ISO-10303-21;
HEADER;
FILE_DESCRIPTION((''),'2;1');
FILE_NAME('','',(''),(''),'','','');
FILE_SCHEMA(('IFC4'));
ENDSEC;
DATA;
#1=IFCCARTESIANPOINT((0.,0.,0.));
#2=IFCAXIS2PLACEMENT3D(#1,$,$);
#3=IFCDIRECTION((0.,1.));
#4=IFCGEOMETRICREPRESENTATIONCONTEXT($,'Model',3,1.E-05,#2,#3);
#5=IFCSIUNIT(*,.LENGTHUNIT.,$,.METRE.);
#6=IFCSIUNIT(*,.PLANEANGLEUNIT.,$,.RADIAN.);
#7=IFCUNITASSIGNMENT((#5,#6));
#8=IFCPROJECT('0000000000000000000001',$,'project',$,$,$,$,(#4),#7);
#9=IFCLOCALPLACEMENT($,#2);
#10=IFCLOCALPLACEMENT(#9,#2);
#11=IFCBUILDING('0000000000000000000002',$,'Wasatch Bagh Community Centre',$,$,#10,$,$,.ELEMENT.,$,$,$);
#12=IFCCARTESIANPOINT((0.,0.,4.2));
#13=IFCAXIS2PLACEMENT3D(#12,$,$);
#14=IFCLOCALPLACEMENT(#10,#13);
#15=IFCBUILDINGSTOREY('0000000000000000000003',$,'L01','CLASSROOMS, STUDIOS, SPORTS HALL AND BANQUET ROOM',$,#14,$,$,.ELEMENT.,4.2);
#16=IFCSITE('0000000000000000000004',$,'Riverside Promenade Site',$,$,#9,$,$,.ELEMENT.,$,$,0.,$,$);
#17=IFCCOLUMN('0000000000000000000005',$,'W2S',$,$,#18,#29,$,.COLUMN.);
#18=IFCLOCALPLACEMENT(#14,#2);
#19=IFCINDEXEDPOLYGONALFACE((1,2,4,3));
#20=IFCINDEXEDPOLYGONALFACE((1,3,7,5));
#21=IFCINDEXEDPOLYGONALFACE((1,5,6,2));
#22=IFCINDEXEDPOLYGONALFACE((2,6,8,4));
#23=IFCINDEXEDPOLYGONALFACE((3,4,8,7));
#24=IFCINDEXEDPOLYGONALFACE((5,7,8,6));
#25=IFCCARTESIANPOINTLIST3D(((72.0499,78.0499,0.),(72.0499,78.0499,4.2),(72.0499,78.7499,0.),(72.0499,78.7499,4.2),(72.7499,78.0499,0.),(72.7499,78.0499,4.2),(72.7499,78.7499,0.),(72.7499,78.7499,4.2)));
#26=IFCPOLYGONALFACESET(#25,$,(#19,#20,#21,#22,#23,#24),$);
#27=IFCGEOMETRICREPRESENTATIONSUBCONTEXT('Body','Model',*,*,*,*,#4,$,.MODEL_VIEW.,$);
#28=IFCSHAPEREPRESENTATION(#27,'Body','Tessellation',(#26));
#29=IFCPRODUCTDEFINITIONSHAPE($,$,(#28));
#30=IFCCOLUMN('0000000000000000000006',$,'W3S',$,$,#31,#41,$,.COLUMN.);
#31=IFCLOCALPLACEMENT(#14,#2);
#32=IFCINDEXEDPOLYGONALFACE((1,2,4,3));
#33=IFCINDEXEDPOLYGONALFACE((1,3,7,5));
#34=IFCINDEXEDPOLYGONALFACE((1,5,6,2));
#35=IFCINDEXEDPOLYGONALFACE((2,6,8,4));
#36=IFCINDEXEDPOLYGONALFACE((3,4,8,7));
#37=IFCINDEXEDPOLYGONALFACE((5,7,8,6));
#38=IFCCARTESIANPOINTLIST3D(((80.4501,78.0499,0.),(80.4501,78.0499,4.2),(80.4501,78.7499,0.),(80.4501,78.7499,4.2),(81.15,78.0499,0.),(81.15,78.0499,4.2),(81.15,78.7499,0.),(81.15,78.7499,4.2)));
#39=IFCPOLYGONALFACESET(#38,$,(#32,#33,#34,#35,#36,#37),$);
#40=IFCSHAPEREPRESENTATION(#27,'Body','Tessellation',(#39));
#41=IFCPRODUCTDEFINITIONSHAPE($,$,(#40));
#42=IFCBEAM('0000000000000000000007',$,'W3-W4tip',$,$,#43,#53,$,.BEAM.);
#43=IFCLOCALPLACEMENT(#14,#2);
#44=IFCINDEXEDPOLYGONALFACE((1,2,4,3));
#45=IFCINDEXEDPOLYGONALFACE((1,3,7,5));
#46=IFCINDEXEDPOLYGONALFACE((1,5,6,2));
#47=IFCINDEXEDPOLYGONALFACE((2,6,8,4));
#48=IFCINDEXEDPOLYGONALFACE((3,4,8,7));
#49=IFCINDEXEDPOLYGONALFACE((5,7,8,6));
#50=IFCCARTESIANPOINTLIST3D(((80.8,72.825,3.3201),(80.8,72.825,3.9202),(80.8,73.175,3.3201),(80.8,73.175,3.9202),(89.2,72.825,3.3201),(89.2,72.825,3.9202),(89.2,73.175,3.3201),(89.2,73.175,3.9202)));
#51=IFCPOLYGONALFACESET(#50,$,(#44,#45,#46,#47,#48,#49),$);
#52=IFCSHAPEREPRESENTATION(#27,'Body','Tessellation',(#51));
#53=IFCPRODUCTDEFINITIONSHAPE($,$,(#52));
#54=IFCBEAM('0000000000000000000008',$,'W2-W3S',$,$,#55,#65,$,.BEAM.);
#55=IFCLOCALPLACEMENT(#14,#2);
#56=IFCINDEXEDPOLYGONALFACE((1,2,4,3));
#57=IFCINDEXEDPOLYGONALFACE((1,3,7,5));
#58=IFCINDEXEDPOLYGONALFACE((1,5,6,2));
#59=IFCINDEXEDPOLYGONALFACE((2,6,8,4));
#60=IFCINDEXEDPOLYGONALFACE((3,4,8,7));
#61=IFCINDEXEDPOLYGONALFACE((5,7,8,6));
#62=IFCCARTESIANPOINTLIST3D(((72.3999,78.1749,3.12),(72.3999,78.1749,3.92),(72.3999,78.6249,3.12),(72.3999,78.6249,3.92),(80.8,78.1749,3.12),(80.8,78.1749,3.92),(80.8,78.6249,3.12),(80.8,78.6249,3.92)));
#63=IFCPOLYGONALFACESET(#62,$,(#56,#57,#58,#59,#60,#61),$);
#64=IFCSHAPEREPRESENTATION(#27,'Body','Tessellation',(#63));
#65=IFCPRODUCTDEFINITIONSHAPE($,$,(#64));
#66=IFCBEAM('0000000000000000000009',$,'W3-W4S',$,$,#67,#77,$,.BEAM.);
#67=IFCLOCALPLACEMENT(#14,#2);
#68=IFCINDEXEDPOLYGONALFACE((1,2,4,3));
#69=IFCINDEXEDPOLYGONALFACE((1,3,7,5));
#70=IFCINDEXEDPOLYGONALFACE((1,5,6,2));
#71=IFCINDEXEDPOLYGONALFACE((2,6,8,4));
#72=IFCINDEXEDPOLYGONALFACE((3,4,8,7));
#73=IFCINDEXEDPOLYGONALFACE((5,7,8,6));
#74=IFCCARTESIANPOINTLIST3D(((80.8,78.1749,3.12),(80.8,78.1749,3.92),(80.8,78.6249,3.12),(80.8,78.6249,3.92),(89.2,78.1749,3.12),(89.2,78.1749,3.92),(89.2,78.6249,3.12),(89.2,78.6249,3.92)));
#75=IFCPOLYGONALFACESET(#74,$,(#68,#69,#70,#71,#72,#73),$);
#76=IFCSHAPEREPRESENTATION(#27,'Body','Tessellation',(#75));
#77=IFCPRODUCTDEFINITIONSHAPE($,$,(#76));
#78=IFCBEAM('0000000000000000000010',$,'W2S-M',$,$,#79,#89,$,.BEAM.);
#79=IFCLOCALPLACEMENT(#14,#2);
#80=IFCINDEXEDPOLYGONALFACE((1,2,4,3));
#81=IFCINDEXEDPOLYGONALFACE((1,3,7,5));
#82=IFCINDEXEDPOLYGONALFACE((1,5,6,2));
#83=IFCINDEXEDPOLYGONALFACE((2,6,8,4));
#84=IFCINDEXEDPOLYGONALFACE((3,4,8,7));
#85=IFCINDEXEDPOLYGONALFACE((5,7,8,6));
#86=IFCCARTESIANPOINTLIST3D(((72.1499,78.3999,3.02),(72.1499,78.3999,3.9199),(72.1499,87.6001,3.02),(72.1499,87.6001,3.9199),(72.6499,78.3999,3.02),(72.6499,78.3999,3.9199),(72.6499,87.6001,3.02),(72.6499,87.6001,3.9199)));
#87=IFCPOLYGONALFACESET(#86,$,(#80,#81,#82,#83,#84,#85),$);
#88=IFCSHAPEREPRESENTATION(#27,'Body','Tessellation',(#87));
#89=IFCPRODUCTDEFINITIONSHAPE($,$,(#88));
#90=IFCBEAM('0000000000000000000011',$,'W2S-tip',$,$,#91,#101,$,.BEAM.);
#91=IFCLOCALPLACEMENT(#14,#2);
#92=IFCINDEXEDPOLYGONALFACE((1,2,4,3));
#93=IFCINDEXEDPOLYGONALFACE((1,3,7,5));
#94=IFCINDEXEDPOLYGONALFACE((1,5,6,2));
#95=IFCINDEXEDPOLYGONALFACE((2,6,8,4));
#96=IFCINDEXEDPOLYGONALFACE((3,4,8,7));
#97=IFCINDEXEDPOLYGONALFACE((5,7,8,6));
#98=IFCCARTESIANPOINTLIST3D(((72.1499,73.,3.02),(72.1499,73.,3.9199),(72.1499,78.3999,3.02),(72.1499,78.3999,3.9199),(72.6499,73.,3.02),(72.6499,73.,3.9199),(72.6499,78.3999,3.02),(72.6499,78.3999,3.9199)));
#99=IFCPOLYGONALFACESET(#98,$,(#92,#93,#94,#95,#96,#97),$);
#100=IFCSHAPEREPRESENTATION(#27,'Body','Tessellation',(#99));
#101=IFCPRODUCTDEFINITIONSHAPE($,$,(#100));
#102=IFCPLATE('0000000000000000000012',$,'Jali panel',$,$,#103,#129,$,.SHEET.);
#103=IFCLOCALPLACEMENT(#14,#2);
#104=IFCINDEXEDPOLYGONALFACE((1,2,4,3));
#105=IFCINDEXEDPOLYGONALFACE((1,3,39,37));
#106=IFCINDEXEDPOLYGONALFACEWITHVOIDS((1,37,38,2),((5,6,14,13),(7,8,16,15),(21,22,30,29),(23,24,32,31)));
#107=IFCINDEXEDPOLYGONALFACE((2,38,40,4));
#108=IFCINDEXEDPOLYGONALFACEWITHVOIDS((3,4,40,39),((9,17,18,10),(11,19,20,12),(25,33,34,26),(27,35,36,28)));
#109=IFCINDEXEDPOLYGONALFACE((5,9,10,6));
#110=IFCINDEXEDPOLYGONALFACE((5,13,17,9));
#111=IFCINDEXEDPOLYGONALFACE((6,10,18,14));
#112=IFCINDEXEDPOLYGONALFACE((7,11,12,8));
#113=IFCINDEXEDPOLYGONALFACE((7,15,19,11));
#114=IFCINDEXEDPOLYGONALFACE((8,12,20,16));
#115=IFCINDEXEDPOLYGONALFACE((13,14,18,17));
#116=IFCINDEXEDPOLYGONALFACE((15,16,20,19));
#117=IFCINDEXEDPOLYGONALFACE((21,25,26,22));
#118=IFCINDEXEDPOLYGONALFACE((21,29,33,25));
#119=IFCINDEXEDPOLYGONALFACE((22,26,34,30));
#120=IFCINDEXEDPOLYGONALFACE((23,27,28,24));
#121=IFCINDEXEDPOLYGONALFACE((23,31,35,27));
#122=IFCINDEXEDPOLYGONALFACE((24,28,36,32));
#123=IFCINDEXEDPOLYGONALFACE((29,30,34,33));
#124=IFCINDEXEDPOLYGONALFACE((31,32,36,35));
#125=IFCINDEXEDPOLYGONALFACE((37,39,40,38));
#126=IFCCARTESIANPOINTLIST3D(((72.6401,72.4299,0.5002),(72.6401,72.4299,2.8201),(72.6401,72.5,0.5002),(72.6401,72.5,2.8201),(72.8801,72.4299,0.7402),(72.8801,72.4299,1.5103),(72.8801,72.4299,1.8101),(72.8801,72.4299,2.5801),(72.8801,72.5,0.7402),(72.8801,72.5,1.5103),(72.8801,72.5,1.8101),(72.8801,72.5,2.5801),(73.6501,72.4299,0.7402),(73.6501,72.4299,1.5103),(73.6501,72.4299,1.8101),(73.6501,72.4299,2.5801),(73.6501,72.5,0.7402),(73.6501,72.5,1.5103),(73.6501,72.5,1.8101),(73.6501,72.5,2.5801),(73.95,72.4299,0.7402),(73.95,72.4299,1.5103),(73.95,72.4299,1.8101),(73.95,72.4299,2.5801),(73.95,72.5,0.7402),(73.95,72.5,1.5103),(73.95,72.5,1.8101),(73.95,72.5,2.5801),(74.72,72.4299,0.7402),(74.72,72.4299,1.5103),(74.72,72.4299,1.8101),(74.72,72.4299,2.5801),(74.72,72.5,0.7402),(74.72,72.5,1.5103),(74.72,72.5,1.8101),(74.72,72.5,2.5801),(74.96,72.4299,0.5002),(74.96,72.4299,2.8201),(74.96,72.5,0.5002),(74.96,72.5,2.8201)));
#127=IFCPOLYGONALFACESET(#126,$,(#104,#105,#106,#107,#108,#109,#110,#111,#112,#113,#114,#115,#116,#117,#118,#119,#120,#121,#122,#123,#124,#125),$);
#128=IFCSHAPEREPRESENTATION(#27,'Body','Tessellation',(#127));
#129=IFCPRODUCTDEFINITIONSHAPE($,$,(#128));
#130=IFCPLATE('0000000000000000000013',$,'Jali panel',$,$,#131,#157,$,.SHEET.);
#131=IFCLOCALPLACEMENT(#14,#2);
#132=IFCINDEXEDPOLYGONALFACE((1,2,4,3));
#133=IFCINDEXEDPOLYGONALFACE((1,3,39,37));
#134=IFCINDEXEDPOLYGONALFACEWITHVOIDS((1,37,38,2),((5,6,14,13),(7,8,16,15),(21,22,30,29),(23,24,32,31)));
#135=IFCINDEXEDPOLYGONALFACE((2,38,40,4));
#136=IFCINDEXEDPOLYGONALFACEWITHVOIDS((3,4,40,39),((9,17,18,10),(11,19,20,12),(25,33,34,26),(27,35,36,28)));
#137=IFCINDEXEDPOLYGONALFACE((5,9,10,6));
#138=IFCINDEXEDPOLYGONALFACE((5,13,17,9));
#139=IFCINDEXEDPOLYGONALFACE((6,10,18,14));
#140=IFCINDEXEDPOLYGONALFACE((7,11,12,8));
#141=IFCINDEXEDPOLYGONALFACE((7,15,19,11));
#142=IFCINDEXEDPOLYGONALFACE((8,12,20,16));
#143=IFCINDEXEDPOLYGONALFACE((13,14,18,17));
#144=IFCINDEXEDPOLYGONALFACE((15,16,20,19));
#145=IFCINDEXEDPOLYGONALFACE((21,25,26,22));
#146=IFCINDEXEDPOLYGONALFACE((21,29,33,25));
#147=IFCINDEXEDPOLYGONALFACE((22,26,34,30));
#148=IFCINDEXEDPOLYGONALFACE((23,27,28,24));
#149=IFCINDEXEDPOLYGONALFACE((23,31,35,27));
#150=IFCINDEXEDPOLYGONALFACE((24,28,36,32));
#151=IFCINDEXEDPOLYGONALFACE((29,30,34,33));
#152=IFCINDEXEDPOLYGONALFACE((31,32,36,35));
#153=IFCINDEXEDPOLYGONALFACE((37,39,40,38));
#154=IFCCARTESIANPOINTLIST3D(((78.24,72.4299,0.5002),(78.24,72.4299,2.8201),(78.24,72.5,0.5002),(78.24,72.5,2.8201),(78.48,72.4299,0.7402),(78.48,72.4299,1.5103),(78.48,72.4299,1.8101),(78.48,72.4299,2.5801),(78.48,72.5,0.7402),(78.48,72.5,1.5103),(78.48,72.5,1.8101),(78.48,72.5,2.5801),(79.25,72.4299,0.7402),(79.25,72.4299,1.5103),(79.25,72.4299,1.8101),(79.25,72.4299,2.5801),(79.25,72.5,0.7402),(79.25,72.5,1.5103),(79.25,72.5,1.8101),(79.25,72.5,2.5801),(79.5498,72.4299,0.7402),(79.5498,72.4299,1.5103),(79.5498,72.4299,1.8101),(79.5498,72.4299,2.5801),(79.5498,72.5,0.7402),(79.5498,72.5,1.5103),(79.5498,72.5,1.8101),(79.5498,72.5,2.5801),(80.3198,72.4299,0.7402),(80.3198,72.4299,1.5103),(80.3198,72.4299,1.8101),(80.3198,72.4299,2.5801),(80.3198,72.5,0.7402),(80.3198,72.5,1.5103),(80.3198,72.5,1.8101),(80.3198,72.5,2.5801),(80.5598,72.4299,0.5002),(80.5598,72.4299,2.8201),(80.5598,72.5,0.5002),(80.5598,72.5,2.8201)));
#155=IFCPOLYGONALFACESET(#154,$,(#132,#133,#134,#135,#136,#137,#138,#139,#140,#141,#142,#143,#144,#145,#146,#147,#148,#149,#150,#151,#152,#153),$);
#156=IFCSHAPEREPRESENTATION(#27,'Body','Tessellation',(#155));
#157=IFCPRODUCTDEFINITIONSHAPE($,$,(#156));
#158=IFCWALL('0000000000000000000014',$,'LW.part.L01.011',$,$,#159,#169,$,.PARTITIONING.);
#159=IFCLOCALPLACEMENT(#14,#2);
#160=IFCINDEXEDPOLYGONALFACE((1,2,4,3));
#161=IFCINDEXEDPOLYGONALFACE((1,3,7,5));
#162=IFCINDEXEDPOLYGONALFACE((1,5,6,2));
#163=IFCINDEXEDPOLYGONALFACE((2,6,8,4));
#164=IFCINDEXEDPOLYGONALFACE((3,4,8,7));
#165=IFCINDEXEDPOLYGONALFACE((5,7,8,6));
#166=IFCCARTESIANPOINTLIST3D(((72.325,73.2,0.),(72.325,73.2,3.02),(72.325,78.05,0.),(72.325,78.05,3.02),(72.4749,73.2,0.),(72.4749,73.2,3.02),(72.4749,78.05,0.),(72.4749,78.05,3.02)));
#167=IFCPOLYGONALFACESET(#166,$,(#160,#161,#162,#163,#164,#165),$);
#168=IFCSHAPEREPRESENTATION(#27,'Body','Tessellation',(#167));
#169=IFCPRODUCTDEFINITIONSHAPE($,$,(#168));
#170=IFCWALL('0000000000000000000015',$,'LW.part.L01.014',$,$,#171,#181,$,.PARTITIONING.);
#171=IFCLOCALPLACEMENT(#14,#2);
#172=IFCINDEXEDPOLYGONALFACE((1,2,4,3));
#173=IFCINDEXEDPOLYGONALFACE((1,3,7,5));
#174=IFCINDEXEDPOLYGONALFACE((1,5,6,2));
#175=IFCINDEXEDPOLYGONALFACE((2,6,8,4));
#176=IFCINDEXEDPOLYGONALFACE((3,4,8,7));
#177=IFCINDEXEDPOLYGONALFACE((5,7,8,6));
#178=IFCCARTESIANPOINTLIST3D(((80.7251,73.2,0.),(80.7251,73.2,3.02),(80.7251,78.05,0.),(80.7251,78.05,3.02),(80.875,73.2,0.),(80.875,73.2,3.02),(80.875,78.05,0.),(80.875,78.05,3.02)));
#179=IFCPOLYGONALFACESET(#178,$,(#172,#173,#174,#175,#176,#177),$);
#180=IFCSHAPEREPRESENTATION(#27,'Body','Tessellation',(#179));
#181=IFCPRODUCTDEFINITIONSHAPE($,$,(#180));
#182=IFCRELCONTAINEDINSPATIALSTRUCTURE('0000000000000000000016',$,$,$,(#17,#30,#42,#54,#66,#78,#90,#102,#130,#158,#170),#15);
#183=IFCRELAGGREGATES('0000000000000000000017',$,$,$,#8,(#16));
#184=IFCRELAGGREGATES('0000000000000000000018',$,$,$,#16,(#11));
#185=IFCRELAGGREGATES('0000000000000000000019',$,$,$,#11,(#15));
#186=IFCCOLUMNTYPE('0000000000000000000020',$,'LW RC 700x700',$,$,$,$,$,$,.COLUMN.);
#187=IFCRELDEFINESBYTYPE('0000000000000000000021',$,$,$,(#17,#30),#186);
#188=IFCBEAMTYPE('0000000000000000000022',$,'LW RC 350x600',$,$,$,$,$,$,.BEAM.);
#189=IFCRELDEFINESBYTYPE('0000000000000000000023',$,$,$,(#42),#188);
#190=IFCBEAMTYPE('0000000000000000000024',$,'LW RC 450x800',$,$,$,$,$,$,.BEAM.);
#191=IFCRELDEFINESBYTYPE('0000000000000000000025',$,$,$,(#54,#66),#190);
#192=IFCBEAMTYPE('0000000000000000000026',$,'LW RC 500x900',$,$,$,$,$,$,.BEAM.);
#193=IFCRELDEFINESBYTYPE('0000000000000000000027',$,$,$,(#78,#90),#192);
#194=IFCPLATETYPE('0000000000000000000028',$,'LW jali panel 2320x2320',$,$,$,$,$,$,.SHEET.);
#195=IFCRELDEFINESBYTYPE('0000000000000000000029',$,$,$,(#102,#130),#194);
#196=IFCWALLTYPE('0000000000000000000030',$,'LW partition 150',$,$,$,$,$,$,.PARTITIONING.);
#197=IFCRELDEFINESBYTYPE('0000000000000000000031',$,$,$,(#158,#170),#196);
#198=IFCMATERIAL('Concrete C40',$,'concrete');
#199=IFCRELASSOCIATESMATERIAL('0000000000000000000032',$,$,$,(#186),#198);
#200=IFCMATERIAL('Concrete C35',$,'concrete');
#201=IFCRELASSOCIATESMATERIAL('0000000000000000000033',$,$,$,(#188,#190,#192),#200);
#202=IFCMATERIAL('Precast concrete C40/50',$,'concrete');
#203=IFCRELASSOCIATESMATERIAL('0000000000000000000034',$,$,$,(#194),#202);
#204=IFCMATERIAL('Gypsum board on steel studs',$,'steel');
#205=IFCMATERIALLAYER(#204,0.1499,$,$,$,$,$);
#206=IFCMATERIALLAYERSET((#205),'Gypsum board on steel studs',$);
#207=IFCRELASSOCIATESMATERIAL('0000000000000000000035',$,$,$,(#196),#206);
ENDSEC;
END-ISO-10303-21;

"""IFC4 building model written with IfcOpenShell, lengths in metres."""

from ifc_helpers import new_model, si_unit, direction, frame, frame_2d, origin, origin_2d, place, context, subcontext, project, spatial, polyline, rectangle, outline, extrude, material, layer, layer_set, material_profile, profile_set, type_object, element, save


model = new_model("IFC4")

# Units and contexts
model_context = context("Model", 3, precision=1e-05, world=origin(), true_north=direction((0.0, 1.0)))
body_context = subcontext(model_context, "Body", "Model", "MODEL_VIEW")
ifc_project = project(units=[si_unit("LENGTHUNIT", "METRE"), si_unit("PLANEANGLEUNIT", "RADIAN")], contexts=[model_context])

# Site, building, storey
site_placement = place(None, origin())
site = spatial("IfcSite", under=ifc_project, at=site_placement, Name="Riverside Promenade Site", CompositionType="ELEMENT", RefElevation=0.0)
building_placement = place(site_placement, origin())
building = spatial("IfcBuilding", under=site, at=building_placement, Name="Wasatch Bagh Community Centre", CompositionType="ELEMENT")
storey_placement = place(building_placement, frame((0.0, 0.0, 4.2)))
storey = spatial("IfcBuildingStorey", under=building, at=storey_placement, Name="L01", Description="CLASSROOMS, STUDIOS, SPORTS HALL AND BANQUET ROOM", CompositionType="ELEMENT", Elevation=4.2)

# Columns
ifc_material_1 = material(Name="Concrete C40", Category="concrete")
ifc_material_profile_1 = material_profile(ifc_material_1, rectangle(XDim=0.7, YDim=0.7, at=origin_2d()), Name="RC 700x700")
ifc_profile_set_1 = profile_set([ifc_material_profile_1], Name="Concrete C40")
column_type = type_object("IfcColumnType", Name="LW RC 700x700", PredefinedType="COLUMN", material=ifc_profile_set_1)
for number, where, z_axis, x_axis, name in (
    (1, (72.3999, 78.3999, 0.0), (0.0, 0.0, 1.0), (1.0, 0.0, 0.0), "W2S"),
    (2, (80.8, 78.3999, 0.0), (0.0, 0.0, 1.0), (1.0, 0.0, 0.0), "W3S"),
):
    element("IfcColumn", number, at=place(storey_placement, frame(where, z_axis=z_axis, x_axis=x_axis)), inside=storey, type_object=column_type, Name=name, PredefinedType="COLUMN", context=body_context, shape_type="SweptSolid", body=[
        extrude(rectangle(XDim=0.7, YDim=0.7, at=origin_2d()), origin(), (0.0, 0.0, 1.0), 4.2),
    ])

# Beams
ifc_material_2 = material(Name="Concrete C35", Category="concrete")
ifc_material_profile_2 = material_profile(ifc_material_2, rectangle(XDim=0.3501, YDim=0.6001, at=origin_2d()), Name="RC 350x600")
ifc_profile_set_2 = profile_set([ifc_material_profile_2], Name="Concrete C35")
beam_type_1 = type_object("IfcBeamType", Name="LW RC 350x600", PredefinedType="BEAM", material=ifc_profile_set_2)
beam_1_placement = place(storey_placement, frame((80.8, 73.0, 3.6201), z_axis=(1.0, 0.0, 0.0), x_axis=(0.0, 1.0, 0.0)))
element("IfcBeam", 3, at=beam_1_placement, inside=storey, type_object=beam_type_1, Name="W3-W4tip", PredefinedType="BEAM", context=body_context, shape_type="SweptSolid", body=[
    extrude(rectangle(XDim=0.3501, YDim=0.6001, at=origin_2d()), origin(), (0.0, 0.0, 1.0), 8.3999),
])
ifc_material_profile_3 = material_profile(ifc_material_2, rectangle(XDim=0.45, YDim=0.8, at=origin_2d()), Name="RC 450x800")
ifc_profile_set_3 = profile_set([ifc_material_profile_3], Name="Concrete C35")
beam_type_2 = type_object("IfcBeamType", Name="LW RC 450x800", PredefinedType="BEAM", material=ifc_profile_set_3)
beam_2_placement = place(storey_placement, frame((72.3999, 78.3999, 3.52), z_axis=(1.0, 0.0, 0.0), x_axis=(0.0, 1.0, 0.0)))
element("IfcBeam", 4, at=beam_2_placement, inside=storey, type_object=beam_type_2, Name="W2-W3S", PredefinedType="BEAM", context=body_context, shape_type="SweptSolid", body=[
    extrude(rectangle(XDim=0.45, YDim=0.8, at=origin_2d()), origin(), (0.0, 0.0, 1.0), 8.4001),
])
beam_3_placement = place(storey_placement, frame((80.8, 78.3999, 3.52), z_axis=(1.0, 0.0, 0.0), x_axis=(0.0, 1.0, 0.0)))
element("IfcBeam", 5, at=beam_3_placement, inside=storey, type_object=beam_type_2, Name="W3-W4S", PredefinedType="BEAM", context=body_context, shape_type="SweptSolid", body=[
    extrude(rectangle(XDim=0.45, YDim=0.8, at=origin_2d()), origin(), (0.0, 0.0, 1.0), 8.3999),
])
ifc_material_profile_4 = material_profile(ifc_material_2, rectangle(XDim=0.5, YDim=0.8999, at=origin_2d()), Name="RC 500x900")
ifc_profile_set_4 = profile_set([ifc_material_profile_4], Name="Concrete C35")
beam_type_3 = type_object("IfcBeamType", Name="LW RC 500x900", PredefinedType="BEAM", material=ifc_profile_set_4)
beam_4_placement = place(storey_placement, frame((72.3999, 78.3999, 3.47), z_axis=(0.0, 1.0, 0.0), x_axis=(-1.0, 0.0, 0.0)))
element("IfcBeam", 6, at=beam_4_placement, inside=storey, type_object=beam_type_3, Name="W2S-M", PredefinedType="BEAM", context=body_context, shape_type="SweptSolid", body=[
    extrude(rectangle(XDim=0.5, YDim=0.8999, at=origin_2d()), origin(), (0.0, 0.0, 1.0), 9.2002),
])
beam_5_placement = place(storey_placement, frame((72.3999, 78.3999, 3.47), z_axis=(0.0, -1.0, 0.0), x_axis=(1.0, 0.0, 0.0)))
element("IfcBeam", 7, at=beam_5_placement, inside=storey, type_object=beam_type_3, Name="W2S-tip", PredefinedType="BEAM", context=body_context, shape_type="SweptSolid", body=[
    extrude(rectangle(XDim=0.5, YDim=0.8999, at=origin_2d()), origin(), (0.0, 0.0, 1.0), 5.3999),
])

# Plates
ifc_material_3 = material(Name="Precast concrete C40/50", Category="concrete")
ifc_material_profile_5 = material_profile(ifc_material_3, outline(polyline([(-1.1599, -1.1599), (1.1599, -1.1599), (1.1599, 1.1599), (-1.1599, 1.1599), (-1.1599, -1.1599)]), holes=[polyline([(-0.9199, -0.9199), (-0.1499, -0.9199), (-0.1499, -0.1499), (-0.9199, -0.1499), (-0.9199, -0.9199)]), polyline([(-0.9199, 0.1499), (-0.1499, 0.1499), (-0.1499, 0.9199), (-0.9199, 0.9199), (-0.9199, 0.1499)]), polyline([(0.1499, -0.9199), (0.9199, -0.9199), (0.9199, -0.1499), (0.1499, -0.1499), (0.1499, -0.9199)]), polyline([(0.1499, 0.1499), (0.9199, 0.1499), (0.9199, 0.9199), (0.1499, 0.9199), (0.1499, 0.1499)])]), Name="Jali lattice")
ifc_profile_set_5 = profile_set([ifc_material_profile_5], Name="Precast concrete C40/50")
plate_type = type_object("IfcPlateType", Name="LW jali panel 2320x2320", PredefinedType="SHEET", material=ifc_profile_set_5)
for number, where, z_axis, x_axis, name in (
    (8, (73.8, 72.5, 1.6602), (0.0, -1.0, 0.0), (1.0, 0.0, 0.0), "Jali panel"),
    (9, (79.3999, 72.5, 1.6602), (0.0, -1.0, 0.0), (1.0, 0.0, 0.0), "Jali panel"),
):
    element("IfcPlate", number, at=place(storey_placement, frame(where, z_axis=z_axis, x_axis=x_axis)), inside=storey, type_object=plate_type, Name=name, PredefinedType="SHEET", context=body_context, shape_type="SweptSolid", body=[
        extrude(outline(polyline([(-1.1599, -1.1599), (1.1599, -1.1599), (1.1599, 1.1599), (-1.1599, 1.1599), (-1.1599, -1.1599)]), holes=[polyline([(-0.9199, -0.9199), (-0.1499, -0.9199), (-0.1499, -0.1499), (-0.9199, -0.1499), (-0.9199, -0.9199)]), polyline([(-0.9199, 0.1499), (-0.1499, 0.1499), (-0.1499, 0.9199), (-0.9199, 0.9199), (-0.9199, 0.1499)]), polyline([(0.1499, -0.9199), (0.9199, -0.9199), (0.9199, -0.1499), (0.1499, -0.1499), (0.1499, -0.9199)]), polyline([(0.1499, 0.1499), (0.9199, 0.1499), (0.9199, 0.9199), (0.1499, 0.9199), (0.1499, 0.1499)])]), origin(), (0.0, 0.0, 1.0), 0.0701),
    ])

# Walls
ifc_material_4 = material(Name="Gypsum board on steel studs", Category="steel")
ifc_layer_1 = layer(ifc_material_4, 0.1499)
ifc_layer_set_1 = layer_set([ifc_layer_1], Name="Gypsum board on steel studs")
wall_type_1 = type_object("IfcWallType", Name="LW partition 150", PredefinedType="PARTITIONING", material=ifc_layer_set_1)
for number, where, z_axis, x_axis, name in (
    (10, (72.3999, 73.2, 0.0), (0.0, 0.0, 1.0), (0.0, 1.0, 0.0), "LW.part.L01.011"),
    (11, (80.8, 73.2, 0.0), (0.0, 0.0, 1.0), (0.0, 1.0, 0.0), "LW.part.L01.014"),
):
    element("IfcWall", number, at=place(storey_placement, frame(where, z_axis=z_axis, x_axis=x_axis)), inside=storey, type_object=wall_type_1, Name=name, PredefinedType="PARTITIONING", context=body_context, shape_type="SweptSolid", body=[
        extrude(rectangle(XDim=4.8501, YDim=0.1499, at=frame_2d((2.425, 0.0))), origin(), (0.0, 0.0, 1.0), 3.02),
    ])

save(model, "model.ifc")
